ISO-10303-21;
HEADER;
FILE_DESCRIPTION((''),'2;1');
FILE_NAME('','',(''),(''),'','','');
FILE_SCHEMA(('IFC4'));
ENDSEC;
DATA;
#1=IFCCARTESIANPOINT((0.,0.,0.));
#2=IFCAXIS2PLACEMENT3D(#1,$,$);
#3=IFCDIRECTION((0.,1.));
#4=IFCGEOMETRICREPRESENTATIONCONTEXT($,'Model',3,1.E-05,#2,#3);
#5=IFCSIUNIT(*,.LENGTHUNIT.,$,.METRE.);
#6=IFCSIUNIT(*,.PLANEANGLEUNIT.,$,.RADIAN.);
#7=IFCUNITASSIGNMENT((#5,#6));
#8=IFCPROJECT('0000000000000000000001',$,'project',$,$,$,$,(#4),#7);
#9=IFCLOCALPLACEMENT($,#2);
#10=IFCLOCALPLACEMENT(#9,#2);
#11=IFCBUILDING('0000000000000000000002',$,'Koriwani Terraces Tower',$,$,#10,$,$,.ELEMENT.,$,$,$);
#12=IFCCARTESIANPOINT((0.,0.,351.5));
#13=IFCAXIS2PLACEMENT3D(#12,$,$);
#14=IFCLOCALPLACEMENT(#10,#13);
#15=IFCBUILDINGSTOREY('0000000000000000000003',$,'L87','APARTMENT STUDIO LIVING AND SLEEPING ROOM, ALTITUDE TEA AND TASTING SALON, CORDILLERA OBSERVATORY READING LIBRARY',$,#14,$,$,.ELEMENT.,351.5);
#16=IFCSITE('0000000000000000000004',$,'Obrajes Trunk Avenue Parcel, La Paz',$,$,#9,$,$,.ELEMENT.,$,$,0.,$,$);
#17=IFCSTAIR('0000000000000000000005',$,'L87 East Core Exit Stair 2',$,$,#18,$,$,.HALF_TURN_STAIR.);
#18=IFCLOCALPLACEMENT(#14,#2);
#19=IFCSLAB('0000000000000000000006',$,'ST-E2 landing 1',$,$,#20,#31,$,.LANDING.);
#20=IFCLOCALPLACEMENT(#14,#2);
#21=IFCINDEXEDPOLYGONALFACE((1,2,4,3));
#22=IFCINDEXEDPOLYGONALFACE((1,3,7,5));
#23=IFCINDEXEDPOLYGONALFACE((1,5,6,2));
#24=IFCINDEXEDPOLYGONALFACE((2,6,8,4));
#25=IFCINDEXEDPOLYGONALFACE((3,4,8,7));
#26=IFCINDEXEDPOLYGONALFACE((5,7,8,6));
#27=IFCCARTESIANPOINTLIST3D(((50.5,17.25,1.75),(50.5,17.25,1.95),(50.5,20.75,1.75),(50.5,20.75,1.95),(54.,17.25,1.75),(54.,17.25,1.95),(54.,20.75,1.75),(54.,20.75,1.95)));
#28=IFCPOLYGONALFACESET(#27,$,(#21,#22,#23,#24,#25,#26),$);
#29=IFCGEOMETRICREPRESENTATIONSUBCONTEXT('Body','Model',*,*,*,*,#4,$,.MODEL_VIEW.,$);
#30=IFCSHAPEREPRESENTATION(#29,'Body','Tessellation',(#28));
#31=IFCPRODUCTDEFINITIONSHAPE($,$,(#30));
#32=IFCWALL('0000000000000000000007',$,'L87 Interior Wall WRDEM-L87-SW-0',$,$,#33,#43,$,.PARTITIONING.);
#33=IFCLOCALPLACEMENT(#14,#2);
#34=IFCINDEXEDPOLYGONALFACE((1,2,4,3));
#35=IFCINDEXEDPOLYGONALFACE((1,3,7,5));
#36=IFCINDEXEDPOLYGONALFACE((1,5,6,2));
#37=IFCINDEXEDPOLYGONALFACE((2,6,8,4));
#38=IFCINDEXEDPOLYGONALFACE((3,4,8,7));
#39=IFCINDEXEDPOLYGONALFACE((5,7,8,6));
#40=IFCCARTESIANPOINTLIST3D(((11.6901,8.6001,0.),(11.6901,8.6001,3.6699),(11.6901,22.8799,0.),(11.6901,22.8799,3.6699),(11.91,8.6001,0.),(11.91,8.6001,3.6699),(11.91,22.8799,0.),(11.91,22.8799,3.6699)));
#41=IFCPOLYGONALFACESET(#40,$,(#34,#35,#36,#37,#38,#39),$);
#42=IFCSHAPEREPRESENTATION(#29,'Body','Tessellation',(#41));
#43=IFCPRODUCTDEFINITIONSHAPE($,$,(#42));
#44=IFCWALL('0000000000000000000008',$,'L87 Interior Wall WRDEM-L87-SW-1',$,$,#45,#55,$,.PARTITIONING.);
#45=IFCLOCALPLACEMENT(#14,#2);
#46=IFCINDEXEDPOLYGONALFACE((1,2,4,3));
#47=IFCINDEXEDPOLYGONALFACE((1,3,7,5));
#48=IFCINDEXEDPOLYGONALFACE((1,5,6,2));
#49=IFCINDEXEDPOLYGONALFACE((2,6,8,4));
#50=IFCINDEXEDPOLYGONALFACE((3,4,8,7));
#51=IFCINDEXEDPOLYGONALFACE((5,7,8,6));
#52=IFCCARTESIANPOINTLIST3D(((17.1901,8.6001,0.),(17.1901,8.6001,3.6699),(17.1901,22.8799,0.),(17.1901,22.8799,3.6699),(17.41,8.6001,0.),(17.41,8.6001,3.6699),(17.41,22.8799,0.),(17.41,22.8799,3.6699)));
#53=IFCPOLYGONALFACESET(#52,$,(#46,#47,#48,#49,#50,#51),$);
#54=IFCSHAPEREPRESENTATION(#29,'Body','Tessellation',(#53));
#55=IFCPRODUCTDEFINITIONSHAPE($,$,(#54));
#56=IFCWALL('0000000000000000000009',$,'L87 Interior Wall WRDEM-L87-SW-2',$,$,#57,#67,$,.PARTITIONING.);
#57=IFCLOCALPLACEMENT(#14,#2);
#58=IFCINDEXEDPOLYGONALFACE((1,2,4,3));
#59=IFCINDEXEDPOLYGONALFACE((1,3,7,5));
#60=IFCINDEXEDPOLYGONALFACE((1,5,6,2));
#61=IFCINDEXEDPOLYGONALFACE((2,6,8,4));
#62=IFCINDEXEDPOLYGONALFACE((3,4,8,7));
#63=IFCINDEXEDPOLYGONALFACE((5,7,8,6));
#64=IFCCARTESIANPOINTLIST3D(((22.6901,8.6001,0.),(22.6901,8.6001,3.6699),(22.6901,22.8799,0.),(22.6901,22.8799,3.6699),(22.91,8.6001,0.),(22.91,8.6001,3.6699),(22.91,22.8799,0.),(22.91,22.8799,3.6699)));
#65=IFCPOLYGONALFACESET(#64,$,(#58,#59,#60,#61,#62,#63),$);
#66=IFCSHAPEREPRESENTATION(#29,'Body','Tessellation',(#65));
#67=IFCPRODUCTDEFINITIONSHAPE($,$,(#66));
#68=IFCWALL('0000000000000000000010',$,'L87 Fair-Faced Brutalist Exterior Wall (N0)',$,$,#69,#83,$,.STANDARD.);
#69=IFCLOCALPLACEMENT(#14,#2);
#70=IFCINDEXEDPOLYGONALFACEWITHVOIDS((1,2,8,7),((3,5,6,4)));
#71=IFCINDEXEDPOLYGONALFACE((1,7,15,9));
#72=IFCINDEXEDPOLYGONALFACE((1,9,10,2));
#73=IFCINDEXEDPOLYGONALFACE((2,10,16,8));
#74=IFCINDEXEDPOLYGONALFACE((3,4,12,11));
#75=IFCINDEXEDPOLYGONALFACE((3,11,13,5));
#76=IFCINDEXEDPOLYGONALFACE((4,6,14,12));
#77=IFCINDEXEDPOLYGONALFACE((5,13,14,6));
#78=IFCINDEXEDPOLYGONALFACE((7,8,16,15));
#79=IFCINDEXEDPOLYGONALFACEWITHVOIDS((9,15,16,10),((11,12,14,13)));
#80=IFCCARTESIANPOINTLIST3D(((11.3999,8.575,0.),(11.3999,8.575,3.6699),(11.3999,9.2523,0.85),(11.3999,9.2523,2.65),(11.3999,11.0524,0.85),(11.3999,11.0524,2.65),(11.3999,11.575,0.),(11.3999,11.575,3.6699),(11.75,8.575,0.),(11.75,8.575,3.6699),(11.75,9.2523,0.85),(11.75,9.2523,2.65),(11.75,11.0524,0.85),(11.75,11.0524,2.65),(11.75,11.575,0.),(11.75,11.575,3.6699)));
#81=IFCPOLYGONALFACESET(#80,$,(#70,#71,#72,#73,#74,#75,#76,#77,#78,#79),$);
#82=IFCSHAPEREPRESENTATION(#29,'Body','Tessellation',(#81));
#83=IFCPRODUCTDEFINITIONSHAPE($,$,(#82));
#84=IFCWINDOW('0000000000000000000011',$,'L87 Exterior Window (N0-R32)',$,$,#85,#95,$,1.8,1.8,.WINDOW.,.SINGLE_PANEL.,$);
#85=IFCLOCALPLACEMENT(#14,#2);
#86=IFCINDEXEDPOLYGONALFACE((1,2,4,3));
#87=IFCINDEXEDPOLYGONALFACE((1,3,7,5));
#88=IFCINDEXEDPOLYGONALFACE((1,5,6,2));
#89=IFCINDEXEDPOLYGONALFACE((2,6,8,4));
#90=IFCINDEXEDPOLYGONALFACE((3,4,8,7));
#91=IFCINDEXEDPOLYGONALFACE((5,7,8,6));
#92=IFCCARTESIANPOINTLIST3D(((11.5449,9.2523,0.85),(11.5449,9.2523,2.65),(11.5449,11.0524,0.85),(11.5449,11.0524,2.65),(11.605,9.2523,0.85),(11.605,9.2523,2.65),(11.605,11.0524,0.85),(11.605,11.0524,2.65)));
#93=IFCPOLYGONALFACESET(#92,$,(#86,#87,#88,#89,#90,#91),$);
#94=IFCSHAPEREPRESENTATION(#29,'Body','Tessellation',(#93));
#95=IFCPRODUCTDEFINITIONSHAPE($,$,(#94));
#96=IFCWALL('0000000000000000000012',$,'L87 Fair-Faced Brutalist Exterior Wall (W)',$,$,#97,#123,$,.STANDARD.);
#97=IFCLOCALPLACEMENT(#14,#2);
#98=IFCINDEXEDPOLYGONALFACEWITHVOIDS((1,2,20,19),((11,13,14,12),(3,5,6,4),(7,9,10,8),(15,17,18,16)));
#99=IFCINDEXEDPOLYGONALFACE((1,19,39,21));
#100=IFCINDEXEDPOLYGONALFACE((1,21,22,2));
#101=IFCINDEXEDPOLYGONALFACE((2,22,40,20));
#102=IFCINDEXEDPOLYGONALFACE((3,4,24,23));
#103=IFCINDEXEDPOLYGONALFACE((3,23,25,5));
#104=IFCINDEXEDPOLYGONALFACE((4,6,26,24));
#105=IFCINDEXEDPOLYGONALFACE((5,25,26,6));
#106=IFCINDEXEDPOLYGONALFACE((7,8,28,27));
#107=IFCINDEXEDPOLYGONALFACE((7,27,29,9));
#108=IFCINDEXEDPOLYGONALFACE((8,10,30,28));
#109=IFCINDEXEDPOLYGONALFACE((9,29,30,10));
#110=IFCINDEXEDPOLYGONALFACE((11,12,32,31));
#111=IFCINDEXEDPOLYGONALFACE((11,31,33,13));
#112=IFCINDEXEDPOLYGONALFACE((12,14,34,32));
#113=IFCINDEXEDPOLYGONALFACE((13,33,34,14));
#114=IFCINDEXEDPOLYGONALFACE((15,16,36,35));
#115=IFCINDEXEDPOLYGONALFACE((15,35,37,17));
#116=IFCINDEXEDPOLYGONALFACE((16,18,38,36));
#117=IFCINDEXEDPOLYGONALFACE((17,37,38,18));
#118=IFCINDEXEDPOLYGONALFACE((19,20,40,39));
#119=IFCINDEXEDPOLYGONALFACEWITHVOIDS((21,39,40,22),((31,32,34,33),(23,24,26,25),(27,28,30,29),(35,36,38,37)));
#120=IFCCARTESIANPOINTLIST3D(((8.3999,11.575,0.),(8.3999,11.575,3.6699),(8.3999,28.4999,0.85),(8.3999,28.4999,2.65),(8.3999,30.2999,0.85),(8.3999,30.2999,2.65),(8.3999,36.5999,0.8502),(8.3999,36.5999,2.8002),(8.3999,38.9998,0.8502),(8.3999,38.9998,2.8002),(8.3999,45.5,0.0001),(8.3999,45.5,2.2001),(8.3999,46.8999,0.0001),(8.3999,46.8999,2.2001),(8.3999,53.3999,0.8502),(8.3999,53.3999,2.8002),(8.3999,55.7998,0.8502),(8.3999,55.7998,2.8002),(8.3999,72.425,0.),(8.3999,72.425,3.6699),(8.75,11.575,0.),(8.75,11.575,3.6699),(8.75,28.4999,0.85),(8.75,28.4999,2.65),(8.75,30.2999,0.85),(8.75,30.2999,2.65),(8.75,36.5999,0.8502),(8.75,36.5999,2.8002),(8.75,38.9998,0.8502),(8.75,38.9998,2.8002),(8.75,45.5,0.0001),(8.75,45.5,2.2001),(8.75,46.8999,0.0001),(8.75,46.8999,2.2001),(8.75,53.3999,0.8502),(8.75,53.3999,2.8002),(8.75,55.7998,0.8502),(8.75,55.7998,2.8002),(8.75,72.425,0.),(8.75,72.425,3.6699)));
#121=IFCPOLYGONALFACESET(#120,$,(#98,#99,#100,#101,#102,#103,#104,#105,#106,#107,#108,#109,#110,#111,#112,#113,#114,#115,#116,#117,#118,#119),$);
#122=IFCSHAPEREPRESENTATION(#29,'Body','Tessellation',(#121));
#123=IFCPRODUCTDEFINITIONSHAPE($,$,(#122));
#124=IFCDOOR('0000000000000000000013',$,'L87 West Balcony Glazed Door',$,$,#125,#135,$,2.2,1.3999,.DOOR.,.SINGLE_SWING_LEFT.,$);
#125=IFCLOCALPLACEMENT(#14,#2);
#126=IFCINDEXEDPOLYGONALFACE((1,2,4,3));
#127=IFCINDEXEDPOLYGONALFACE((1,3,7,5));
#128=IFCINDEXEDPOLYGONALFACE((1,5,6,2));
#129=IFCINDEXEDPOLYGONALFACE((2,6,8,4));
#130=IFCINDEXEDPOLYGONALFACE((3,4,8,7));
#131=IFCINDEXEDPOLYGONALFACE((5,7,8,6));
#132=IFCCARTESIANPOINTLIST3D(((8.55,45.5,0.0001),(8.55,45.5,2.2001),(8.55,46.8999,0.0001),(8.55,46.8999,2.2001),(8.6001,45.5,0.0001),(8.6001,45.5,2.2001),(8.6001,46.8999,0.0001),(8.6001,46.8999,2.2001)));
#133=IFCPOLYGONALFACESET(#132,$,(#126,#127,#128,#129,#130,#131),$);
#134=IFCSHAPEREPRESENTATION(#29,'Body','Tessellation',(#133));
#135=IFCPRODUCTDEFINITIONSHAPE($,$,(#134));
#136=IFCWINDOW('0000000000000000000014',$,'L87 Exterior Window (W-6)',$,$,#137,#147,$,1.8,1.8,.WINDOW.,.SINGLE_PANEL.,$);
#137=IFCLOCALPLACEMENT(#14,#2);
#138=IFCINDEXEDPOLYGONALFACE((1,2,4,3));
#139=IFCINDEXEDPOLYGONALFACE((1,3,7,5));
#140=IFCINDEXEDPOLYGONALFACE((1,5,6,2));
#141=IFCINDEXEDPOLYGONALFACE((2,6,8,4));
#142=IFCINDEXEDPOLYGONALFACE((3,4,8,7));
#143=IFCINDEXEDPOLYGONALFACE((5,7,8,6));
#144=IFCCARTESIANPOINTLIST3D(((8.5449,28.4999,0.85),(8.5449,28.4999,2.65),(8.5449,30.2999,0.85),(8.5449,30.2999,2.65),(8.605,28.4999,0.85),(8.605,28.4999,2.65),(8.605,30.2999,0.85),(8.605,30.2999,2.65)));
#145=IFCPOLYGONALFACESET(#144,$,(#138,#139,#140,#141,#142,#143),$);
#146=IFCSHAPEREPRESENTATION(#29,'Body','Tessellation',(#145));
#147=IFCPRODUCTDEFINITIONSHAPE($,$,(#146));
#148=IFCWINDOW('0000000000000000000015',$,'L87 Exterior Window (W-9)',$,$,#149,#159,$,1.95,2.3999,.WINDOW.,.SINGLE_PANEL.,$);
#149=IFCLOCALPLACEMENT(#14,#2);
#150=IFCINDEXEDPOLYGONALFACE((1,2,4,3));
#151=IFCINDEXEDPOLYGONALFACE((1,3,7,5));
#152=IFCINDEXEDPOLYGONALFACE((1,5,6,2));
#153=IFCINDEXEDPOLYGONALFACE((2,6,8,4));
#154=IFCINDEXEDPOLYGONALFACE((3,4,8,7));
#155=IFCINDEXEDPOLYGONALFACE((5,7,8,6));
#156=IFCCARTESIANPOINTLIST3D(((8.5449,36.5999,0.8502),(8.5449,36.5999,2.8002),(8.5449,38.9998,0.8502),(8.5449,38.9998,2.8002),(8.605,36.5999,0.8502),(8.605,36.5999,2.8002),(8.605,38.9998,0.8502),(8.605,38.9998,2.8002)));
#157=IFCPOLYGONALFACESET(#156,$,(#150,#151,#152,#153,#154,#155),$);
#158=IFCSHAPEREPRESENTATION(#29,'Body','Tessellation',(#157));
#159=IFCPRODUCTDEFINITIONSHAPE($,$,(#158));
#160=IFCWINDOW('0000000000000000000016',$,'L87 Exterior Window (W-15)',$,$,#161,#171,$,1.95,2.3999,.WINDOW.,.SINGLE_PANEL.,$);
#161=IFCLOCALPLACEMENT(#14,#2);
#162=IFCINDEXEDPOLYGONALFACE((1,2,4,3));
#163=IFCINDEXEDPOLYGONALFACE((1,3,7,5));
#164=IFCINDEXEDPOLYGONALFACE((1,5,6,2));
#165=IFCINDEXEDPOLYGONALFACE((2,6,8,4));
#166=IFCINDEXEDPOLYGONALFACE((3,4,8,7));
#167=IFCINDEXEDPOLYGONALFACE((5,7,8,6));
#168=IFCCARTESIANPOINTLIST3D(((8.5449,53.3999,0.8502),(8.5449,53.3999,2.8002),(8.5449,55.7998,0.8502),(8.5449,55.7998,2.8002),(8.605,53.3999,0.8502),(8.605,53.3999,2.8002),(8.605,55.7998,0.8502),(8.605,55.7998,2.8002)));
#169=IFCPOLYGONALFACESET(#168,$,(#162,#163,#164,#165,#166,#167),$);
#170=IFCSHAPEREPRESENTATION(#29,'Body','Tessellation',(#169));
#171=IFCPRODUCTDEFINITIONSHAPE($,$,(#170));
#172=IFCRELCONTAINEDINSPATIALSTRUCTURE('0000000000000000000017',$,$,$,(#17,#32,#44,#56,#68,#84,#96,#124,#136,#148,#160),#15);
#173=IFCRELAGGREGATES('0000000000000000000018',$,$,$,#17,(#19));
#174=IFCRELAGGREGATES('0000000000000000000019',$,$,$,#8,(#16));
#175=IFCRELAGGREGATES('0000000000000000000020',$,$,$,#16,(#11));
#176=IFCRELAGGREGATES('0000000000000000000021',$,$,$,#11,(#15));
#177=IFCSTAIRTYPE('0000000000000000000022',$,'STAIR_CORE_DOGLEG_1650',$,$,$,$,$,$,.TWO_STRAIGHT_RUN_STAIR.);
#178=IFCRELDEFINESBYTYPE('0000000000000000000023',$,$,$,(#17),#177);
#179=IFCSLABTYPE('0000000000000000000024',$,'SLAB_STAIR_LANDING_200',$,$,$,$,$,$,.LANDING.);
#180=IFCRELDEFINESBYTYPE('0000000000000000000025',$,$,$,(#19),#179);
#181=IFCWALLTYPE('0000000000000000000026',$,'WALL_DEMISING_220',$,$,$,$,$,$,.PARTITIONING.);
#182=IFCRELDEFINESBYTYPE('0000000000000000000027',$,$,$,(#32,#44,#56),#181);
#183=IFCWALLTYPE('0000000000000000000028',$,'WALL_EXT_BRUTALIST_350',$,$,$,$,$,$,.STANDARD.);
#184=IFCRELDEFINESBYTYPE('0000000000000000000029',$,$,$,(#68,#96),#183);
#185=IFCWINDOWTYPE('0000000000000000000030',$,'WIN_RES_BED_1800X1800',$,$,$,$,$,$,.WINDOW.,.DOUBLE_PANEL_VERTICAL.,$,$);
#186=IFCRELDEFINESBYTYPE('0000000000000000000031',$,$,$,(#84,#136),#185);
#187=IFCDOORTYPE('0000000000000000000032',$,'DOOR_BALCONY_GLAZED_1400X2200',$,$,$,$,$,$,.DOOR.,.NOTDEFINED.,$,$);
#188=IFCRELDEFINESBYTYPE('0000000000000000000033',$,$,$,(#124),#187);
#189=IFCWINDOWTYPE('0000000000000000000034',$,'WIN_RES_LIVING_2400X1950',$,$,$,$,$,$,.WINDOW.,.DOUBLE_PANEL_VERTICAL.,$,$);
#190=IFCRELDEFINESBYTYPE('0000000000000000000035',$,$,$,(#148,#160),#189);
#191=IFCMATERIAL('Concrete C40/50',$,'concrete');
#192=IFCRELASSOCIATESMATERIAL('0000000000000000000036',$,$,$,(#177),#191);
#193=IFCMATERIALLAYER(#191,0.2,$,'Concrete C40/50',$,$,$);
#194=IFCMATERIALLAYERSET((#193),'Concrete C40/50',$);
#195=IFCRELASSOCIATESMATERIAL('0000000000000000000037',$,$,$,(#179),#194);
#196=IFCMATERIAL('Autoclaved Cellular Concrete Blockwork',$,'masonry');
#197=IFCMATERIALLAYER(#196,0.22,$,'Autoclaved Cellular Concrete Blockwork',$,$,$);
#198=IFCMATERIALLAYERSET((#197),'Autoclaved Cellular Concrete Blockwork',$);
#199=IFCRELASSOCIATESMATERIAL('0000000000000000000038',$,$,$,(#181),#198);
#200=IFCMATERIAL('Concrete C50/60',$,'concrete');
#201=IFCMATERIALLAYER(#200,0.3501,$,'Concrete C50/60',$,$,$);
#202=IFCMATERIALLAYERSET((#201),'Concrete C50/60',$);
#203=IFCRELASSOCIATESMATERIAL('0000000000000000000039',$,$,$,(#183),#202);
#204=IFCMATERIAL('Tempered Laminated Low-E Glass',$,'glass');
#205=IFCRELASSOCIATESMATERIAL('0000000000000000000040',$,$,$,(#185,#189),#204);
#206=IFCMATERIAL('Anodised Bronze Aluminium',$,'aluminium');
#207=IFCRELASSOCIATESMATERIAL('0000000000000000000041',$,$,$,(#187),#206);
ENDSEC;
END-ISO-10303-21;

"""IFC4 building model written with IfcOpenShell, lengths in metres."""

from ifc_helpers import new_model, si_unit, direction, frame, frame_2d, origin, place, context, subcontext, project, spatial, polyline, rectangle, outline, extrude, material, layer, layer_set, type_object, element, fill, aggregate, save


model = new_model("IFC4")

# Units and contexts
model_context = context("Model", 3, precision=1e-05, world=origin(), true_north=direction((0.0, 1.0)))
body_context = subcontext(model_context, "Body", "Model", "MODEL_VIEW")
ifc_project = project(units=[si_unit("LENGTHUNIT", "METRE"), si_unit("PLANEANGLEUNIT", "RADIAN")], contexts=[model_context])

# Site, building, storey
site_placement = place(None, origin())
site = spatial("IfcSite", under=ifc_project, at=site_placement, Name="Obrajes Trunk Avenue Parcel, La Paz", CompositionType="ELEMENT", RefElevation=0.0)
building_placement = place(site_placement, origin())
building = spatial("IfcBuilding", under=site, at=building_placement, Name="Koriwani Terraces Tower", CompositionType="ELEMENT")
storey_placement = place(building_placement, frame((0.0, 0.0, 351.5)))
storey = spatial("IfcBuildingStorey", under=building, at=storey_placement, Name="L87", Description="APARTMENT STUDIO LIVING AND SLEEPING ROOM, ALTITUDE TEA AND TASTING SALON, CORDILLERA OBSERVATORY READING LIBRARY", CompositionType="ELEMENT", Elevation=351.5)

# Shared definitions
ifc_material_1 = material(Name="Concrete C50/60", Category="concrete")

# Shared definitions
ifc_material_2 = material(Name="Concrete C40/50", Category="concrete")

# Stair, slab
stair_type = type_object("IfcStairType", Name="STAIR_CORE_DOGLEG_1650", PredefinedType="TWO_STRAIGHT_RUN_STAIR", material=ifc_material_2)
ifc_layer_1 = layer(ifc_material_2, 0.2, Name="Concrete C40/50")
ifc_layer_set_1 = layer_set([ifc_layer_1], Name="Concrete C40/50")
slab_type_1 = type_object("IfcSlabType", Name="SLAB_STAIR_LANDING_200", PredefinedType="LANDING", material=ifc_layer_set_1)
stair_1_placement = place(storey_placement, origin())
stair_1 = element("IfcStair", 1, at=stair_1_placement, inside=storey, type_object=stair_type, Name="L87 East Core Exit Stair 2", PredefinedType="HALF_TURN_STAIR")
slab_1_placement = place(storey_placement, frame((0.0, 0.0, 1.75)))
slab_1 = element("IfcSlab", 2, at=slab_1_placement, type_object=slab_type_1, Name="ST-E2 landing 1", PredefinedType="LANDING", context=body_context, shape_type="SweptSolid", body=[
    extrude(outline(polyline([(54.0, 20.75), (50.5, 20.75), (50.5, 17.25), (54.0, 17.25), (54.0, 20.75)])), origin(), (0.0, 0.0, 1.0), 0.2),
])
aggregate(stair_1, [slab_1])

# Walls
ifc_material_3 = material(Name="Autoclaved Cellular Concrete Blockwork", Category="masonry")
ifc_layer_2 = layer(ifc_material_3, 0.22, Name="Autoclaved Cellular Concrete Blockwork")
ifc_layer_set_2 = layer_set([ifc_layer_2], Name="Autoclaved Cellular Concrete Blockwork")
wall_type_1 = type_object("IfcWallType", Name="WALL_DEMISING_220", PredefinedType="PARTITIONING", material=ifc_layer_set_2)
for number, where, z_axis, x_axis, name in (
    (3, (11.8, 8.6001, 0.0), (0.0, 0.0, 1.0), (0.0, 1.0, 0.0), "L87 Interior Wall WRDEM-L87-SW-0"),
    (4, (17.3, 8.6001, 0.0), (0.0, 0.0, 1.0), (0.0, 1.0, 0.0), "L87 Interior Wall WRDEM-L87-SW-1"),
    (5, (22.8, 8.6001, 0.0), (0.0, 0.0, 1.0), (0.0, 1.0, 0.0), "L87 Interior Wall WRDEM-L87-SW-2"),
):
    element("IfcWall", number, at=place(storey_placement, frame(where, z_axis=z_axis, x_axis=x_axis)), inside=storey, type_object=wall_type_1, Name=name, PredefinedType="PARTITIONING", context=body_context, shape_type="SweptSolid", body=[
        extrude(rectangle(XDim=14.2798, YDim=0.22, at=frame_2d((7.1399, 0.0))), origin(), (0.0, 0.0, 1.0), 3.6699),
    ])

# Wall, opening, window
ifc_layer_3 = layer(ifc_material_1, 0.3501, Name="Concrete C50/60")
ifc_layer_set_3 = layer_set([ifc_layer_3], Name="Concrete C50/60")
wall_type_2 = type_object("IfcWallType", Name="WALL_EXT_BRUTALIST_350", PredefinedType="STANDARD", material=ifc_layer_set_3)
wall_1_placement = place(storey_placement, frame((11.575, 8.575, 0.0), z_axis=(0.0, 0.0, 1.0), x_axis=(0.0, 1.0, 0.0)))
wall_1 = element("IfcWall", 6, at=wall_1_placement, inside=storey, type_object=wall_type_2, Name="L87 Fair-Faced Brutalist Exterior Wall (N0)", PredefinedType="STANDARD", context=body_context, shape_type="SweptSolid", body=[
    extrude(rectangle(XDim=3.0, YDim=0.3501, at=frame_2d((1.5, 0.0))), origin(), (0.0, 0.0, 1.0), 3.6699),
])
opening_1_placement = place(wall_1_placement, frame((0.6775, 0.0, 0.8501)))
opening_1 = element("IfcOpeningElement", 7, at=opening_1_placement, cuts=wall_1, PredefinedType="OPENING", context=body_context, shape_type="SweptSolid", body=[
    extrude(rectangle(XDim=1.8, YDim=1.8, at=frame_2d((0.8999, 0.8999))), frame((0.0, 0.1851, 0.0), z_axis=(0.0, -1.0, 0.0), x_axis=(1.0, 0.0, 0.0)), (0.0, 0.0, 1.0), 0.3701),
])
ifc_material_4 = material(Name="Tempered Laminated Low-E Glass", Category="glass")
window_type_1 = type_object("IfcWindowType", Name="WIN_RES_BED_1800X1800", PartitioningType="DOUBLE_PANEL_VERTICAL", PredefinedType="WINDOW", material=ifc_material_4)
window_1_placement = place(opening_1_placement, origin())
window_1 = element("IfcWindow", 8, at=window_1_placement, inside=storey, type_object=window_type_1, Name="L87 Exterior Window (N0-R32)", OverallHeight=1.8, OverallWidth=1.8, PartitioningType="SINGLE_PANEL", PredefinedType="WINDOW", context=body_context, shape_type="SweptSolid", body=[
    extrude(rectangle(XDim=1.8, YDim=1.8, at=frame_2d((0.8999, 0.8999))), frame((0.0, 0.03, 0.0), z_axis=(0.0, -1.0, 0.0), x_axis=(1.0, 0.0, 0.0)), (0.0, 0.0, 1.0), 0.0601),
])
fill(opening_1, window_1)

# Wall, openings, door, windows
wall_2_placement = place(storey_placement, frame((8.575, 11.575, 0.0), z_axis=(0.0, 0.0, 1.0), x_axis=(0.0, 1.0, 0.0)))
wall_2 = element("IfcWall", 9, at=wall_2_placement, inside=storey, type_object=wall_type_2, Name="L87 Fair-Faced Brutalist Exterior Wall (W)", PredefinedType="STANDARD", context=body_context, shape_type="SweptSolid", body=[
    extrude(rectangle(XDim=60.8501, YDim=0.3501, at=frame_2d((30.425, 0.0))), origin(), (0.0, 0.0, 1.0), 3.6699),
])
opening_2_placement = place(wall_2_placement, frame((33.925, 0.0, 0.0)))
opening_2 = element("IfcOpeningElement", 10, at=opening_2_placement, cuts=wall_2, PredefinedType="OPENING", context=body_context, shape_type="SweptSolid", body=[
    extrude(rectangle(XDim=1.3999, YDim=2.2, at=frame_2d((0.7, 1.1001))), frame((0.0, 0.1851, 0.0), z_axis=(0.0, -1.0, 0.0), x_axis=(1.0, 0.0, 0.0)), (0.0, 0.0, 1.0), 0.3701),
])
opening_3_placement = place(wall_2_placement, frame((16.925, 0.0, 0.8501)))
opening_3 = element("IfcOpeningElement", 11, at=opening_3_placement, cuts=wall_2, PredefinedType="OPENING", context=body_context, shape_type="SweptSolid", body=[
    extrude(rectangle(XDim=1.8, YDim=1.8, at=frame_2d((0.8999, 0.8999))), frame((0.0, 0.1851, 0.0), z_axis=(0.0, -1.0, 0.0), x_axis=(1.0, 0.0, 0.0)), (0.0, 0.0, 1.0), 0.3701),
])
opening_4_placement = place(wall_2_placement, frame((25.0249, 0.0, 0.8501)))
opening_4 = element("IfcOpeningElement", 12, at=opening_4_placement, cuts=wall_2, PredefinedType="OPENING", context=body_context, shape_type="SweptSolid", body=[
    extrude(rectangle(XDim=2.3999, YDim=1.95, at=frame_2d((1.2, 0.9751))), frame((0.0, 0.1851, 0.0), z_axis=(0.0, -1.0, 0.0), x_axis=(1.0, 0.0, 0.0)), (0.0, 0.0, 1.0), 0.3701),
])
opening_5_placement = place(wall_2_placement, frame((41.825, 0.0, 0.8501)))
opening_5 = element("IfcOpeningElement", 13, at=opening_5_placement, cuts=wall_2, PredefinedType="OPENING", context=body_context, shape_type="SweptSolid", body=[
    extrude(rectangle(XDim=2.3999, YDim=1.95, at=frame_2d((1.2, 0.9751))), frame((0.0, 0.1851, 0.0), z_axis=(0.0, -1.0, 0.0), x_axis=(1.0, 0.0, 0.0)), (0.0, 0.0, 1.0), 0.3701),
])
ifc_material_5 = material(Name="Anodised Bronze Aluminium", Category="aluminium")
door_type = type_object("IfcDoorType", Name="DOOR_BALCONY_GLAZED_1400X2200", OperationType="NOTDEFINED", PredefinedType="DOOR", material=ifc_material_5)
door_placement = place(opening_2_placement, origin())
door = element("IfcDoor", 14, at=door_placement, inside=storey, type_object=door_type, Name="L87 West Balcony Glazed Door", OperationType="SINGLE_SWING_LEFT", OverallHeight=2.2, OverallWidth=1.3999, PredefinedType="DOOR", context=body_context, shape_type="SweptSolid", body=[
    extrude(rectangle(XDim=1.3999, YDim=2.2, at=frame_2d((0.7, 1.1001))), frame((0.0, 0.0249, 0.0), z_axis=(0.0, -1.0, 0.0), x_axis=(1.0, 0.0, 0.0)), (0.0, 0.0, 1.0), 0.05),
])
fill(opening_2, door)
window_2_placement = place(opening_3_placement, origin())
window_2 = element("IfcWindow", 15, at=window_2_placement, inside=storey, type_object=window_type_1, Name="L87 Exterior Window (W-6)", OverallHeight=1.8, OverallWidth=1.8, PartitioningType="SINGLE_PANEL", PredefinedType="WINDOW", context=body_context, shape_type="SweptSolid", body=[
    extrude(rectangle(XDim=1.8, YDim=1.8, at=frame_2d((0.8999, 0.8999))), frame((0.0, 0.03, 0.0), z_axis=(0.0, -1.0, 0.0), x_axis=(1.0, 0.0, 0.0)), (0.0, 0.0, 1.0), 0.0601),
])
fill(opening_3, window_2)
window_type_2 = type_object("IfcWindowType", Name="WIN_RES_LIVING_2400X1950", PartitioningType="DOUBLE_PANEL_VERTICAL", PredefinedType="WINDOW", material=ifc_material_4)
window_3_placement = place(opening_4_placement, origin())
window_3 = element("IfcWindow", 16, at=window_3_placement, inside=storey, type_object=window_type_2, Name="L87 Exterior Window (W-9)", OverallHeight=1.95, OverallWidth=2.3999, PartitioningType="SINGLE_PANEL", PredefinedType="WINDOW", context=body_context, shape_type="SweptSolid", body=[
    extrude(rectangle(XDim=2.3999, YDim=1.95, at=frame_2d((1.2, 0.9751))), frame((0.0, 0.03, 0.0), z_axis=(0.0, -1.0, 0.0), x_axis=(1.0, 0.0, 0.0)), (0.0, 0.0, 1.0), 0.0601),
])
fill(opening_4, window_3)
window_4_placement = place(opening_5_placement, origin())
window_4 = element("IfcWindow", 17, at=window_4_placement, inside=storey, type_object=window_type_2, Name="L87 Exterior Window (W-15)", OverallHeight=1.95, OverallWidth=2.3999, PartitioningType="SINGLE_PANEL", PredefinedType="WINDOW", context=body_context, shape_type="SweptSolid", body=[
    extrude(rectangle(XDim=2.3999, YDim=1.95, at=frame_2d((1.2, 0.9751))), frame((0.0, 0.03, 0.0), z_axis=(0.0, -1.0, 0.0), x_axis=(1.0, 0.0, 0.0)), (0.0, 0.0, 1.0), 0.0601),
])
fill(opening_5, window_4)

save(model, "model.ifc")
